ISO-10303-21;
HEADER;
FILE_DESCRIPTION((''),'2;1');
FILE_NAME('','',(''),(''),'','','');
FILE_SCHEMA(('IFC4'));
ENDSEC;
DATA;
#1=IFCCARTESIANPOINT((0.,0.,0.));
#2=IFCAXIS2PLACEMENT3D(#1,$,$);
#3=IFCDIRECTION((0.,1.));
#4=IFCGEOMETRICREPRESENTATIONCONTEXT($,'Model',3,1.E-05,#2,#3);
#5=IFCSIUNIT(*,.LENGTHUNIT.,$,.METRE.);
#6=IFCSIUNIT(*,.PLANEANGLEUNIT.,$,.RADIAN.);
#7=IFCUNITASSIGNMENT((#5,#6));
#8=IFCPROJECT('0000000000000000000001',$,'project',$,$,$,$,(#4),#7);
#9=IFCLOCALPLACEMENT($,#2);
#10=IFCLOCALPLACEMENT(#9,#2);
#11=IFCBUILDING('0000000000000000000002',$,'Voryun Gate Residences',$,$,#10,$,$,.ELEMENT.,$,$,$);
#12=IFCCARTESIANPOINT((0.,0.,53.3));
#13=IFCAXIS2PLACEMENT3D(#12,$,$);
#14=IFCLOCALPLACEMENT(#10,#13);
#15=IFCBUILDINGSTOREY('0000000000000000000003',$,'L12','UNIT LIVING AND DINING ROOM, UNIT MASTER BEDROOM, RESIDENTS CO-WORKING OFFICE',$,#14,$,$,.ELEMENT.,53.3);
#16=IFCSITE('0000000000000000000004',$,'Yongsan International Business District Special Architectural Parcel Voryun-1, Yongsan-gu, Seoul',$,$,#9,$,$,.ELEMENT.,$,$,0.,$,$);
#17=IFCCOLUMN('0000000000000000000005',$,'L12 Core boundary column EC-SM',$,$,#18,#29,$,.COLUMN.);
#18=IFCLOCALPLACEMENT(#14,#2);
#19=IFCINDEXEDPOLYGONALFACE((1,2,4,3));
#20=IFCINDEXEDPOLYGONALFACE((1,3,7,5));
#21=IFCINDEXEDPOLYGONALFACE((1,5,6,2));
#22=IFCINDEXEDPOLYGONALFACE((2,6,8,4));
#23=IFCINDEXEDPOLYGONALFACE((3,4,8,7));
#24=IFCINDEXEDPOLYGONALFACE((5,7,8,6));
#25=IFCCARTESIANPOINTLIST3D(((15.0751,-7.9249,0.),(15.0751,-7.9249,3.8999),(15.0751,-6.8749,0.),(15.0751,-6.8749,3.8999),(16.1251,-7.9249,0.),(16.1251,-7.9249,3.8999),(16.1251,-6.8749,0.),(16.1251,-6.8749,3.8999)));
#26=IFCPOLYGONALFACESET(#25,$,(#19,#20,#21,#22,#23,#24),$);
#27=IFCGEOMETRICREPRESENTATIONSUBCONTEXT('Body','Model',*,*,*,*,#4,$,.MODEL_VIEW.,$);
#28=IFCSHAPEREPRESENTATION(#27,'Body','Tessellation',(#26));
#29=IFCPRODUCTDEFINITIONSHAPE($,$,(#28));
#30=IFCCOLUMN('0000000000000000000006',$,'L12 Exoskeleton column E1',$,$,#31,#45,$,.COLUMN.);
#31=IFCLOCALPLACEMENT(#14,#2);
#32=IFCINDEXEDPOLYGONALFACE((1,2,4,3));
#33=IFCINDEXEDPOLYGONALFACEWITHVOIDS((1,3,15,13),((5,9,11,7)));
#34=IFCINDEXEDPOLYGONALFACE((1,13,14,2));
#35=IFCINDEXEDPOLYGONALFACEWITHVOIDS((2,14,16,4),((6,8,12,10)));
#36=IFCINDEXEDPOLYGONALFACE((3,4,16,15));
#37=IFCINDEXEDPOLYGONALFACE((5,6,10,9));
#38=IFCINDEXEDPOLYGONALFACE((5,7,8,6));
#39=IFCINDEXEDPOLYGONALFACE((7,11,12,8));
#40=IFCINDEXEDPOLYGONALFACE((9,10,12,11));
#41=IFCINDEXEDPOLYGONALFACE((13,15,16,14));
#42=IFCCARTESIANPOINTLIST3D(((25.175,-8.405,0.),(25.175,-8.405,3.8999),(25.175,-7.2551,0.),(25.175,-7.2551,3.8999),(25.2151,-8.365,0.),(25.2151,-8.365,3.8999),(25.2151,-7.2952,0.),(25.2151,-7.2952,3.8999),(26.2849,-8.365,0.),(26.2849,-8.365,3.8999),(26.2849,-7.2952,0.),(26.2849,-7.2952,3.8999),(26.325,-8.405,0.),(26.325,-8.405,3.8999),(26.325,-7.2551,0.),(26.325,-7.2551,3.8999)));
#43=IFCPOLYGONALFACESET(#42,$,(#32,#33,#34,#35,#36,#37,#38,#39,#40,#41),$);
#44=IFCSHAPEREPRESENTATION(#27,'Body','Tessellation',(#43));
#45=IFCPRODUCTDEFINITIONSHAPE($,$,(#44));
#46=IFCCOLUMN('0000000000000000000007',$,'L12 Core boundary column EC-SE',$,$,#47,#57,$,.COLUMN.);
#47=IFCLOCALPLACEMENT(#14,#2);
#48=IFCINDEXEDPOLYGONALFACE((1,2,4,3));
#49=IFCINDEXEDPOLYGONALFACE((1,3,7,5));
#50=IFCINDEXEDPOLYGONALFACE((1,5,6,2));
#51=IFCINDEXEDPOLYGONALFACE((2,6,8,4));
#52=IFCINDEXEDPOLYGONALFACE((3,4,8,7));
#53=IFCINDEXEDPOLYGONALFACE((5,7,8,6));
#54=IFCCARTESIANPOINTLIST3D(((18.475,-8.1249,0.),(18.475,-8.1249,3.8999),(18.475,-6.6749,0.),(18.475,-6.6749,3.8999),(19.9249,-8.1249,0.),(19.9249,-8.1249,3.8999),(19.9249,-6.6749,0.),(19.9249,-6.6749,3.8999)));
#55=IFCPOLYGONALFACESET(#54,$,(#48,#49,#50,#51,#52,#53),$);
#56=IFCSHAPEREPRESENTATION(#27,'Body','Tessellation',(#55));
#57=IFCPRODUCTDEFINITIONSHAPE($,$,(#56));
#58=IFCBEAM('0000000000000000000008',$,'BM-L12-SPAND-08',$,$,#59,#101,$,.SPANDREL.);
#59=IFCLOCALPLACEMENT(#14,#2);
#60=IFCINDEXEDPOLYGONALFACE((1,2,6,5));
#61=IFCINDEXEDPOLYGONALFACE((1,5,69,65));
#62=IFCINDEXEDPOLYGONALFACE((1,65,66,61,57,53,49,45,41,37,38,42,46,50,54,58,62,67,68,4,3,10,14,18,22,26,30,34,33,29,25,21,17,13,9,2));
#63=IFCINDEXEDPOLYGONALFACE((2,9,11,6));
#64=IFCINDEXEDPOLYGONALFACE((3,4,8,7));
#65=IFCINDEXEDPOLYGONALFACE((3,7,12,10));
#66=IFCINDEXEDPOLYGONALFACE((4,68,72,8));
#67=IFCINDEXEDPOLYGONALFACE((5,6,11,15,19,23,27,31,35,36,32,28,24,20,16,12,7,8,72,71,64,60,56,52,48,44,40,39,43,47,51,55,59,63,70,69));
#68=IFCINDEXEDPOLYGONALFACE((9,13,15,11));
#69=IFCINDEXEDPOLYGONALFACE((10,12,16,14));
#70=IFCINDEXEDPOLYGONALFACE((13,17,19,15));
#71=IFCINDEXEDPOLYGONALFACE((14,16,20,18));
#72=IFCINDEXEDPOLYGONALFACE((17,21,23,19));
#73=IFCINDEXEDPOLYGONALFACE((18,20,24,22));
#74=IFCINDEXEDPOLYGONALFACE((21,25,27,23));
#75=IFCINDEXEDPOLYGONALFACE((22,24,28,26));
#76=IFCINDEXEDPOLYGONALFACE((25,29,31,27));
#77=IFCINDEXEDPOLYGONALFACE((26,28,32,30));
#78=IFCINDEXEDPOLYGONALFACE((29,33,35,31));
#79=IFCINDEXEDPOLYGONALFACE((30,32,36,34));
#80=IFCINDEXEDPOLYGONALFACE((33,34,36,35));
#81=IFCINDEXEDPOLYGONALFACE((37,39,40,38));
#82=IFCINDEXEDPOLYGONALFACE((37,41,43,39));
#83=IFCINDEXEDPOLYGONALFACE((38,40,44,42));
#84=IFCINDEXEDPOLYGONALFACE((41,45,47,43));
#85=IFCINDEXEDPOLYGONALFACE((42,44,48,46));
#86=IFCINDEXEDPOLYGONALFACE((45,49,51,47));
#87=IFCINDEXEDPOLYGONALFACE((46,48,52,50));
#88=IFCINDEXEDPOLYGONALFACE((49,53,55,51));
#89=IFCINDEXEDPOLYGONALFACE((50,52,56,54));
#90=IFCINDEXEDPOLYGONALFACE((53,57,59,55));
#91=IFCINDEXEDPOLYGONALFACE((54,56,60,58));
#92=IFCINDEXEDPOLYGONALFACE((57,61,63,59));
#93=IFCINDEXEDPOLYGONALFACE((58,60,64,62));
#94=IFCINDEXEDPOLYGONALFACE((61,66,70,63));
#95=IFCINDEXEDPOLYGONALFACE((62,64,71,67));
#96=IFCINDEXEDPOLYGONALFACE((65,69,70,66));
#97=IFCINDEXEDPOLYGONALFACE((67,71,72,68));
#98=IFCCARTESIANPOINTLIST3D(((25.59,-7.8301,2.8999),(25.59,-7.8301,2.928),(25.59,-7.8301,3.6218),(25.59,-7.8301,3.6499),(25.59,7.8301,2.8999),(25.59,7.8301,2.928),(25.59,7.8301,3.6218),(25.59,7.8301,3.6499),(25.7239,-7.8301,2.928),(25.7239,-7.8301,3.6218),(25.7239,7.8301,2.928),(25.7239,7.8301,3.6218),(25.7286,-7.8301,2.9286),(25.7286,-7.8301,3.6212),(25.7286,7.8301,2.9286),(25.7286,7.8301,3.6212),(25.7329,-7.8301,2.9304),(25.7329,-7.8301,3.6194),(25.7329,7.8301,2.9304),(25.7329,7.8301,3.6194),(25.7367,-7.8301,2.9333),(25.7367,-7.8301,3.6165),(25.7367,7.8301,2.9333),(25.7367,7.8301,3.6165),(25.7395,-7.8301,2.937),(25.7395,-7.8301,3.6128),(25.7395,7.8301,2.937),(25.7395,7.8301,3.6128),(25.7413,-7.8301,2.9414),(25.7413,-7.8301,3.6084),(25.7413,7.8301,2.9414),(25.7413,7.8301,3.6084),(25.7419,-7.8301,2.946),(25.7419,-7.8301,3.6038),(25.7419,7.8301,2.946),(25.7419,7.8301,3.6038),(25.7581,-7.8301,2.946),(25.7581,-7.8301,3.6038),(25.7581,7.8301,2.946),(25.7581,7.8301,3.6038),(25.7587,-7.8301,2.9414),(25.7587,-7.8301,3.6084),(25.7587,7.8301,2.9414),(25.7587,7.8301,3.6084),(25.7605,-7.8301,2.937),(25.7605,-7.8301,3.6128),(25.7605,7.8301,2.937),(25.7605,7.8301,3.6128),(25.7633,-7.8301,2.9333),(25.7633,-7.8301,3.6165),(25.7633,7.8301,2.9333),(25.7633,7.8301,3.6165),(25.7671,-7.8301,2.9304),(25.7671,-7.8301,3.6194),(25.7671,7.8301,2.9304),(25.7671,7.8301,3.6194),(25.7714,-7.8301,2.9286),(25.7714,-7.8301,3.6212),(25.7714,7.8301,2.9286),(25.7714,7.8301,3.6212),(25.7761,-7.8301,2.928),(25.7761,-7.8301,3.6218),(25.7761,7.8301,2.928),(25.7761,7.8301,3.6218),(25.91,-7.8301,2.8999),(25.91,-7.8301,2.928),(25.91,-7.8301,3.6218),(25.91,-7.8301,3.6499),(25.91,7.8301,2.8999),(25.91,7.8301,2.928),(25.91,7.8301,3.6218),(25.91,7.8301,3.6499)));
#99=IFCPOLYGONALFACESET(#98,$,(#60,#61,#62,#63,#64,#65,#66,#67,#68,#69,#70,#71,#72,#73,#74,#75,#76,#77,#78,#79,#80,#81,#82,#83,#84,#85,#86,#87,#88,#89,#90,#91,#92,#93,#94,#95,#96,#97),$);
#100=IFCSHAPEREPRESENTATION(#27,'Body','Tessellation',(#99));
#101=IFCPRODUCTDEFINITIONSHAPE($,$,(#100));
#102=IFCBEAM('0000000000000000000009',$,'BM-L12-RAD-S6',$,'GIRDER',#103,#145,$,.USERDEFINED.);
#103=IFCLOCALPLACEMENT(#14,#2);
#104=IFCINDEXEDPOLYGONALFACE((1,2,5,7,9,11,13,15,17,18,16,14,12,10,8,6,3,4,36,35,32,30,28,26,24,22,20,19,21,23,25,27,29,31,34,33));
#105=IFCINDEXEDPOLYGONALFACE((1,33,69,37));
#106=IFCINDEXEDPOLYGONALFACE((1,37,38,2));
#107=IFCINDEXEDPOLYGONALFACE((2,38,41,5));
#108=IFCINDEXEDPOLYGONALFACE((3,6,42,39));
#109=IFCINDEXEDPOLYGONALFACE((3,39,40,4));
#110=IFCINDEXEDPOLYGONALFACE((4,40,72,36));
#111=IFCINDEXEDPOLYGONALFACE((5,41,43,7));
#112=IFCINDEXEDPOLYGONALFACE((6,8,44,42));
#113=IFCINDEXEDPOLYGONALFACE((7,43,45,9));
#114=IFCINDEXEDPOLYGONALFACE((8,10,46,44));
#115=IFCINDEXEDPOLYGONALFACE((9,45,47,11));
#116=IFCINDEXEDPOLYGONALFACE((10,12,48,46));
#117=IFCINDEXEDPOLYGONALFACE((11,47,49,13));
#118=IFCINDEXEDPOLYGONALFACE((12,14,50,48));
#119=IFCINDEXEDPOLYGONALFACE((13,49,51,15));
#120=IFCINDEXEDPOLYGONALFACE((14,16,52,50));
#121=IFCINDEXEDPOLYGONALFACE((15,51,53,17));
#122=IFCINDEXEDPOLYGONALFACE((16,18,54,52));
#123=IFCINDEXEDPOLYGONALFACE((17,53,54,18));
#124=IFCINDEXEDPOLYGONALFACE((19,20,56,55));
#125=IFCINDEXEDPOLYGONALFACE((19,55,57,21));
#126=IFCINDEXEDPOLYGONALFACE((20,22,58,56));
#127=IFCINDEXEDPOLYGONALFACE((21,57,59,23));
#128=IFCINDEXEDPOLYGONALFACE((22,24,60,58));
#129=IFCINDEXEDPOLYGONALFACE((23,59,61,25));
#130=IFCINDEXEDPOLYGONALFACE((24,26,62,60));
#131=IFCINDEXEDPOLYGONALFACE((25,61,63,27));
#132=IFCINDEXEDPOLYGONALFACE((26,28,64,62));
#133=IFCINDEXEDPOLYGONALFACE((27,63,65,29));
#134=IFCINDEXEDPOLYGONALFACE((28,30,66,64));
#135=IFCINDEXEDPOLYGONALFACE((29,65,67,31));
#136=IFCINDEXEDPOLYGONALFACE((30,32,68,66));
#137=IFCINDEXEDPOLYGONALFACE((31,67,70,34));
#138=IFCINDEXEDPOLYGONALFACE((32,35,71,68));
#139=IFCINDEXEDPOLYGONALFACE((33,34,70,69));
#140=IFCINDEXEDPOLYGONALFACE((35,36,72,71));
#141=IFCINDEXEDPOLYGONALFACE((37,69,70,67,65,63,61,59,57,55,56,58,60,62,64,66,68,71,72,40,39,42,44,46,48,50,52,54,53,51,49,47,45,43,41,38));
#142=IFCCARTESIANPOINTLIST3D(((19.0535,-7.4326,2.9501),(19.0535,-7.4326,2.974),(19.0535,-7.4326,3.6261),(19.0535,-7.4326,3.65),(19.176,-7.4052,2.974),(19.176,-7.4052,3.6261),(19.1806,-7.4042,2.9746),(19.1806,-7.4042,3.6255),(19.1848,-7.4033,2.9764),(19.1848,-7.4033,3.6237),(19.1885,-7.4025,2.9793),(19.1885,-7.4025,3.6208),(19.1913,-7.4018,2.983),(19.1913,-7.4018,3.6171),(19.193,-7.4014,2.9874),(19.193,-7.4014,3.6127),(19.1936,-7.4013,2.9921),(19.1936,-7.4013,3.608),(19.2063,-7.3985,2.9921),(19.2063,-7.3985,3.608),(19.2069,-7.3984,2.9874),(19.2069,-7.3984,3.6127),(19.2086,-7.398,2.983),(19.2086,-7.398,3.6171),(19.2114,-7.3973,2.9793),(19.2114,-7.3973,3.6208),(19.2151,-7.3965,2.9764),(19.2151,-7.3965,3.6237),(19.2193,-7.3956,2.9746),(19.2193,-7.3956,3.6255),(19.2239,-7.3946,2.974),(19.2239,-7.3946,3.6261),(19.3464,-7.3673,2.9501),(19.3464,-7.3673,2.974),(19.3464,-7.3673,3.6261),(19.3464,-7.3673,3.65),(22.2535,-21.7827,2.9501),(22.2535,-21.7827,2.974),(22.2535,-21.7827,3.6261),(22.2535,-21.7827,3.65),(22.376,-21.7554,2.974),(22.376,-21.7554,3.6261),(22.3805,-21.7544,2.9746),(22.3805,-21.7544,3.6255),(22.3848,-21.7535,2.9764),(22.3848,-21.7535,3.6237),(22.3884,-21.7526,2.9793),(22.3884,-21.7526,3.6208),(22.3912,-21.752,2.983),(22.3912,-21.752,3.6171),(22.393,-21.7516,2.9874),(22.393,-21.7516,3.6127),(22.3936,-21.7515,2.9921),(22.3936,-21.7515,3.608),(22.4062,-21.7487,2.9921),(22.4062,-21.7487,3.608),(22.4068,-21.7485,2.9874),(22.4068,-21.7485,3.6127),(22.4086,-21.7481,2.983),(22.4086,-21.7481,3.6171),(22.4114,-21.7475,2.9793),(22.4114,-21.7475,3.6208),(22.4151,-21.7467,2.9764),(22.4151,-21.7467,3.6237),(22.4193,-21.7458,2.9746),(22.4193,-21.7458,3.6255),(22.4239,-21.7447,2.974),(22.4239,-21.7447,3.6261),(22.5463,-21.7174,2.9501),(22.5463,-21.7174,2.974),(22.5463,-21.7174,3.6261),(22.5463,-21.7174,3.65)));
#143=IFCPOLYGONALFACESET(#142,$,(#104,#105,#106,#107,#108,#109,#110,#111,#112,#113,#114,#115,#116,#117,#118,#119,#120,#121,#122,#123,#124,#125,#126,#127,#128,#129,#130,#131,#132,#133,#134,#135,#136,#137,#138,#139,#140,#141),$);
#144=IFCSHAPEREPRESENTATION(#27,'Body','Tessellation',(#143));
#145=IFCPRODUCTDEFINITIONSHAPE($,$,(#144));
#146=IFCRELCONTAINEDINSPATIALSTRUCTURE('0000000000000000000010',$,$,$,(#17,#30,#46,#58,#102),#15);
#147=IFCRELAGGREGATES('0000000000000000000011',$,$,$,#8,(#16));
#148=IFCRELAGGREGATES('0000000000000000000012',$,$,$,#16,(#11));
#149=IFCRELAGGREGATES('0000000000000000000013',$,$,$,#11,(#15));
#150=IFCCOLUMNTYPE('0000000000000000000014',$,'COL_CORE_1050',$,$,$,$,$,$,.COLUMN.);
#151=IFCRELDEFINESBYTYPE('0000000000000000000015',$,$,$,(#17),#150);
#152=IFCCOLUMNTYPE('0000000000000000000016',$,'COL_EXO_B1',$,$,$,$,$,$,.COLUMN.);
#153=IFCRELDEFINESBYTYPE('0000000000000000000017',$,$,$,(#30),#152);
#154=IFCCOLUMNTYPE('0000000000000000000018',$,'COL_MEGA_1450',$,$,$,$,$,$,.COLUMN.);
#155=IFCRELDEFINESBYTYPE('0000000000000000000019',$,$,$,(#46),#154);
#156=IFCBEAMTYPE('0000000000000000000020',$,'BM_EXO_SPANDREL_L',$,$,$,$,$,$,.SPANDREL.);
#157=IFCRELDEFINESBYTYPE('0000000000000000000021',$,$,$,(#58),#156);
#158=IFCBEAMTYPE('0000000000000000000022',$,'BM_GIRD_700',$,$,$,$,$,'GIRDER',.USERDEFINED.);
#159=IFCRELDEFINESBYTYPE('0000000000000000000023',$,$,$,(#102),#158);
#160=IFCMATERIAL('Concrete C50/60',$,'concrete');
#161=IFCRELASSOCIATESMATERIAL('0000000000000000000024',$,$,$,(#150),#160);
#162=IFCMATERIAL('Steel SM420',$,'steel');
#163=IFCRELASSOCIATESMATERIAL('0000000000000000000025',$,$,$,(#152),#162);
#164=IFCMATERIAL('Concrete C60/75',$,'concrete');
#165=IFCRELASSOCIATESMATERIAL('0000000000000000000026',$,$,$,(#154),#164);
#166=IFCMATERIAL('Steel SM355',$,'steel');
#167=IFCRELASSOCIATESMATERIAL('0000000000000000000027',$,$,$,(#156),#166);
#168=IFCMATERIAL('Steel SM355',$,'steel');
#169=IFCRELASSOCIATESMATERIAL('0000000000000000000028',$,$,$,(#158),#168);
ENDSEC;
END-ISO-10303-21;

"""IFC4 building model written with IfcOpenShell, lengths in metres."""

from ifc_helpers import new_model, si_unit, direction, frame, origin, origin_2d, place, context, subcontext, project, spatial, rectangle, hollow_rectangle, i_section, extrude, material, material_profile, profile_set, type_object, element, save


model = new_model("IFC4")

# Units and contexts
model_context = context("Model", 3, precision=1e-05, world=origin(), true_north=direction((0.0, 1.0)))
body_context = subcontext(model_context, "Body", "Model", "MODEL_VIEW")
ifc_project = project(units=[si_unit("LENGTHUNIT", "METRE"), si_unit("PLANEANGLEUNIT", "RADIAN")], contexts=[model_context])

# Site, building, storey
site_placement = place(None, origin())
site = spatial("IfcSite", under=ifc_project, at=site_placement, Name="Yongsan International Business District Special Architectural Parcel Voryun-1, Yongsan-gu, Seoul", CompositionType="ELEMENT", RefElevation=0.0)
building_placement = place(site_placement, origin())
building = spatial("IfcBuilding", under=site, at=building_placement, Name="Voryun Gate Residences", CompositionType="ELEMENT")
storey_placement = place(building_placement, frame((0.0, 0.0, 53.3)))
storey = spatial("IfcBuildingStorey", under=building, at=storey_placement, Name="L12", Description="UNIT LIVING AND DINING ROOM, UNIT MASTER BEDROOM, RESIDENTS CO-WORKING OFFICE", CompositionType="ELEMENT", Elevation=53.3)

# Columns
ifc_material_1 = material(Name="Concrete C50/60", Category="concrete")
ifc_material_profile_1 = material_profile(ifc_material_1, rectangle(XDim=1.05, YDim=1.05, at=origin_2d()), Name="RC-1050x1050")
ifc_profile_set_1 = profile_set([ifc_material_profile_1], Name="Concrete C50/60")
column_type_1 = type_object("IfcColumnType", Name="COL_CORE_1050", PredefinedType="COLUMN", material=ifc_profile_set_1)
column_1_placement = place(storey_placement, frame((15.6001, -7.3999, 0.0), z_axis=(0.0, 0.0, 1.0), x_axis=(1.0, 0.0, 0.0)))
element("IfcColumn", 1, at=column_1_placement, inside=storey, type_object=column_type_1, Name="L12 Core boundary column EC-SM", PredefinedType="COLUMN", context=body_context, shape_type="SweptSolid", body=[
    extrude(rectangle(XDim=1.05, YDim=1.05, at=origin_2d()), origin(), (0.0, 0.0, 1.0), 3.8999),
])
ifc_material_2 = material(Name="Steel SM420", Category="steel")
ifc_material_profile_2 = material_profile(ifc_material_2, hollow_rectangle(XDim=1.1499, YDim=1.1499, WallThickness=0.04, at=origin_2d()), Name="BOX-1150x1150x40")
ifc_profile_set_2 = profile_set([ifc_material_profile_2], Name="Steel SM420")
column_type_2 = type_object("IfcColumnType", Name="COL_EXO_B1", PredefinedType="COLUMN", material=ifc_profile_set_2)
column_2_placement = place(storey_placement, frame((25.75, -7.8301, 0.0), z_axis=(0.0, 0.0, 1.0), x_axis=(1.0, 0.0, 0.0)))
element("IfcColumn", 2, at=column_2_placement, inside=storey, type_object=column_type_2, Name="L12 Exoskeleton column E1", PredefinedType="COLUMN", context=body_context, shape_type="SweptSolid", body=[
    extrude(hollow_rectangle(XDim=1.1499, YDim=1.1499, WallThickness=0.04, at=origin_2d()), origin(), (0.0, 0.0, 1.0), 3.8999),
])
ifc_material_3 = material(Name="Concrete C60/75", Category="concrete")
ifc_material_profile_3 = material_profile(ifc_material_3, rectangle(XDim=1.45, YDim=1.45, at=origin_2d()), Name="RC-1450x1450")
ifc_profile_set_3 = profile_set([ifc_material_profile_3], Name="Concrete C60/75")
column_type_3 = type_object("IfcColumnType", Name="COL_MEGA_1450", PredefinedType="COLUMN", material=ifc_profile_set_3)
column_3_placement = place(storey_placement, frame((19.2, -7.3999, 0.0), z_axis=(0.0, 0.0, 1.0), x_axis=(1.0, 0.0, 0.0)))
element("IfcColumn", 3, at=column_3_placement, inside=storey, type_object=column_type_3, Name="L12 Core boundary column EC-SE", PredefinedType="COLUMN", context=body_context, shape_type="SweptSolid", body=[
    extrude(rectangle(XDim=1.45, YDim=1.45, at=origin_2d()), origin(), (0.0, 0.0, 1.0), 3.8999),
])

# Beams
ifc_material_4 = material(Name="Steel SM355", Category="steel")
ifc_material_profile_4 = material_profile(ifc_material_4, i_section(OverallWidth=0.3201, OverallDepth=0.75, WebThickness=0.0161, FlangeThickness=0.0281, FilletRadius=0.0181, at=origin_2d()), Name="H-750x320x16x28")
ifc_profile_set_4 = profile_set([ifc_material_profile_4], Name="Steel SM355")
beam_type_1 = type_object("IfcBeamType", Name="BM_EXO_SPANDREL_L", PredefinedType="SPANDREL", material=ifc_profile_set_4)
beam_1_placement = place(storey_placement, frame((25.75, -7.8301, 3.2749), z_axis=(0.0, 1.0, 0.0), x_axis=(-1.0, 0.0, 0.0)))
element("IfcBeam", 4, at=beam_1_placement, inside=storey, type_object=beam_type_1, Name="BM-L12-SPAND-08", PredefinedType="SPANDREL", context=body_context, shape_type="SweptSolid", body=[
    extrude(i_section(OverallWidth=0.3201, OverallDepth=0.75, WebThickness=0.0161, FlangeThickness=0.0281, FilletRadius=0.0181, at=origin_2d()), origin(), (0.0, 0.0, 1.0), 15.6602),
])
ifc_material_5 = material(Name="Steel SM355", Category="steel")
ifc_material_profile_5 = material_profile(ifc_material_5, i_section(OverallWidth=0.3, OverallDepth=0.7, WebThickness=0.0129, FlangeThickness=0.0239, FilletRadius=0.0181, at=origin_2d()), Name="H-700x300x13x24")
ifc_profile_set_5 = profile_set([ifc_material_profile_5], Name="Steel SM355")
beam_type_2 = type_object("IfcBeamType", Name="BM_GIRD_700", ElementType="GIRDER", PredefinedType="USERDEFINED", material=ifc_profile_set_5)
beam_2_placement = place(storey_placement, frame((19.2, -7.3999, 3.3), z_axis=(0.217646, -0.976028, 0.0), x_axis=(0.976028, 0.217646, 0.0)))
element("IfcBeam", 5, at=beam_2_placement, inside=storey, type_object=beam_type_2, Name="BM-L12-RAD-S6", ObjectType="GIRDER", PredefinedType="USERDEFINED", context=body_context, shape_type="SweptSolid", body=[
    extrude(i_section(OverallWidth=0.3, OverallDepth=0.7, WebThickness=0.0129, FlangeThickness=0.0239, FilletRadius=0.0181, at=origin_2d()), origin(), (0.0, 0.0, 1.0), 14.7026),
])

save(model, "model.ifc")
